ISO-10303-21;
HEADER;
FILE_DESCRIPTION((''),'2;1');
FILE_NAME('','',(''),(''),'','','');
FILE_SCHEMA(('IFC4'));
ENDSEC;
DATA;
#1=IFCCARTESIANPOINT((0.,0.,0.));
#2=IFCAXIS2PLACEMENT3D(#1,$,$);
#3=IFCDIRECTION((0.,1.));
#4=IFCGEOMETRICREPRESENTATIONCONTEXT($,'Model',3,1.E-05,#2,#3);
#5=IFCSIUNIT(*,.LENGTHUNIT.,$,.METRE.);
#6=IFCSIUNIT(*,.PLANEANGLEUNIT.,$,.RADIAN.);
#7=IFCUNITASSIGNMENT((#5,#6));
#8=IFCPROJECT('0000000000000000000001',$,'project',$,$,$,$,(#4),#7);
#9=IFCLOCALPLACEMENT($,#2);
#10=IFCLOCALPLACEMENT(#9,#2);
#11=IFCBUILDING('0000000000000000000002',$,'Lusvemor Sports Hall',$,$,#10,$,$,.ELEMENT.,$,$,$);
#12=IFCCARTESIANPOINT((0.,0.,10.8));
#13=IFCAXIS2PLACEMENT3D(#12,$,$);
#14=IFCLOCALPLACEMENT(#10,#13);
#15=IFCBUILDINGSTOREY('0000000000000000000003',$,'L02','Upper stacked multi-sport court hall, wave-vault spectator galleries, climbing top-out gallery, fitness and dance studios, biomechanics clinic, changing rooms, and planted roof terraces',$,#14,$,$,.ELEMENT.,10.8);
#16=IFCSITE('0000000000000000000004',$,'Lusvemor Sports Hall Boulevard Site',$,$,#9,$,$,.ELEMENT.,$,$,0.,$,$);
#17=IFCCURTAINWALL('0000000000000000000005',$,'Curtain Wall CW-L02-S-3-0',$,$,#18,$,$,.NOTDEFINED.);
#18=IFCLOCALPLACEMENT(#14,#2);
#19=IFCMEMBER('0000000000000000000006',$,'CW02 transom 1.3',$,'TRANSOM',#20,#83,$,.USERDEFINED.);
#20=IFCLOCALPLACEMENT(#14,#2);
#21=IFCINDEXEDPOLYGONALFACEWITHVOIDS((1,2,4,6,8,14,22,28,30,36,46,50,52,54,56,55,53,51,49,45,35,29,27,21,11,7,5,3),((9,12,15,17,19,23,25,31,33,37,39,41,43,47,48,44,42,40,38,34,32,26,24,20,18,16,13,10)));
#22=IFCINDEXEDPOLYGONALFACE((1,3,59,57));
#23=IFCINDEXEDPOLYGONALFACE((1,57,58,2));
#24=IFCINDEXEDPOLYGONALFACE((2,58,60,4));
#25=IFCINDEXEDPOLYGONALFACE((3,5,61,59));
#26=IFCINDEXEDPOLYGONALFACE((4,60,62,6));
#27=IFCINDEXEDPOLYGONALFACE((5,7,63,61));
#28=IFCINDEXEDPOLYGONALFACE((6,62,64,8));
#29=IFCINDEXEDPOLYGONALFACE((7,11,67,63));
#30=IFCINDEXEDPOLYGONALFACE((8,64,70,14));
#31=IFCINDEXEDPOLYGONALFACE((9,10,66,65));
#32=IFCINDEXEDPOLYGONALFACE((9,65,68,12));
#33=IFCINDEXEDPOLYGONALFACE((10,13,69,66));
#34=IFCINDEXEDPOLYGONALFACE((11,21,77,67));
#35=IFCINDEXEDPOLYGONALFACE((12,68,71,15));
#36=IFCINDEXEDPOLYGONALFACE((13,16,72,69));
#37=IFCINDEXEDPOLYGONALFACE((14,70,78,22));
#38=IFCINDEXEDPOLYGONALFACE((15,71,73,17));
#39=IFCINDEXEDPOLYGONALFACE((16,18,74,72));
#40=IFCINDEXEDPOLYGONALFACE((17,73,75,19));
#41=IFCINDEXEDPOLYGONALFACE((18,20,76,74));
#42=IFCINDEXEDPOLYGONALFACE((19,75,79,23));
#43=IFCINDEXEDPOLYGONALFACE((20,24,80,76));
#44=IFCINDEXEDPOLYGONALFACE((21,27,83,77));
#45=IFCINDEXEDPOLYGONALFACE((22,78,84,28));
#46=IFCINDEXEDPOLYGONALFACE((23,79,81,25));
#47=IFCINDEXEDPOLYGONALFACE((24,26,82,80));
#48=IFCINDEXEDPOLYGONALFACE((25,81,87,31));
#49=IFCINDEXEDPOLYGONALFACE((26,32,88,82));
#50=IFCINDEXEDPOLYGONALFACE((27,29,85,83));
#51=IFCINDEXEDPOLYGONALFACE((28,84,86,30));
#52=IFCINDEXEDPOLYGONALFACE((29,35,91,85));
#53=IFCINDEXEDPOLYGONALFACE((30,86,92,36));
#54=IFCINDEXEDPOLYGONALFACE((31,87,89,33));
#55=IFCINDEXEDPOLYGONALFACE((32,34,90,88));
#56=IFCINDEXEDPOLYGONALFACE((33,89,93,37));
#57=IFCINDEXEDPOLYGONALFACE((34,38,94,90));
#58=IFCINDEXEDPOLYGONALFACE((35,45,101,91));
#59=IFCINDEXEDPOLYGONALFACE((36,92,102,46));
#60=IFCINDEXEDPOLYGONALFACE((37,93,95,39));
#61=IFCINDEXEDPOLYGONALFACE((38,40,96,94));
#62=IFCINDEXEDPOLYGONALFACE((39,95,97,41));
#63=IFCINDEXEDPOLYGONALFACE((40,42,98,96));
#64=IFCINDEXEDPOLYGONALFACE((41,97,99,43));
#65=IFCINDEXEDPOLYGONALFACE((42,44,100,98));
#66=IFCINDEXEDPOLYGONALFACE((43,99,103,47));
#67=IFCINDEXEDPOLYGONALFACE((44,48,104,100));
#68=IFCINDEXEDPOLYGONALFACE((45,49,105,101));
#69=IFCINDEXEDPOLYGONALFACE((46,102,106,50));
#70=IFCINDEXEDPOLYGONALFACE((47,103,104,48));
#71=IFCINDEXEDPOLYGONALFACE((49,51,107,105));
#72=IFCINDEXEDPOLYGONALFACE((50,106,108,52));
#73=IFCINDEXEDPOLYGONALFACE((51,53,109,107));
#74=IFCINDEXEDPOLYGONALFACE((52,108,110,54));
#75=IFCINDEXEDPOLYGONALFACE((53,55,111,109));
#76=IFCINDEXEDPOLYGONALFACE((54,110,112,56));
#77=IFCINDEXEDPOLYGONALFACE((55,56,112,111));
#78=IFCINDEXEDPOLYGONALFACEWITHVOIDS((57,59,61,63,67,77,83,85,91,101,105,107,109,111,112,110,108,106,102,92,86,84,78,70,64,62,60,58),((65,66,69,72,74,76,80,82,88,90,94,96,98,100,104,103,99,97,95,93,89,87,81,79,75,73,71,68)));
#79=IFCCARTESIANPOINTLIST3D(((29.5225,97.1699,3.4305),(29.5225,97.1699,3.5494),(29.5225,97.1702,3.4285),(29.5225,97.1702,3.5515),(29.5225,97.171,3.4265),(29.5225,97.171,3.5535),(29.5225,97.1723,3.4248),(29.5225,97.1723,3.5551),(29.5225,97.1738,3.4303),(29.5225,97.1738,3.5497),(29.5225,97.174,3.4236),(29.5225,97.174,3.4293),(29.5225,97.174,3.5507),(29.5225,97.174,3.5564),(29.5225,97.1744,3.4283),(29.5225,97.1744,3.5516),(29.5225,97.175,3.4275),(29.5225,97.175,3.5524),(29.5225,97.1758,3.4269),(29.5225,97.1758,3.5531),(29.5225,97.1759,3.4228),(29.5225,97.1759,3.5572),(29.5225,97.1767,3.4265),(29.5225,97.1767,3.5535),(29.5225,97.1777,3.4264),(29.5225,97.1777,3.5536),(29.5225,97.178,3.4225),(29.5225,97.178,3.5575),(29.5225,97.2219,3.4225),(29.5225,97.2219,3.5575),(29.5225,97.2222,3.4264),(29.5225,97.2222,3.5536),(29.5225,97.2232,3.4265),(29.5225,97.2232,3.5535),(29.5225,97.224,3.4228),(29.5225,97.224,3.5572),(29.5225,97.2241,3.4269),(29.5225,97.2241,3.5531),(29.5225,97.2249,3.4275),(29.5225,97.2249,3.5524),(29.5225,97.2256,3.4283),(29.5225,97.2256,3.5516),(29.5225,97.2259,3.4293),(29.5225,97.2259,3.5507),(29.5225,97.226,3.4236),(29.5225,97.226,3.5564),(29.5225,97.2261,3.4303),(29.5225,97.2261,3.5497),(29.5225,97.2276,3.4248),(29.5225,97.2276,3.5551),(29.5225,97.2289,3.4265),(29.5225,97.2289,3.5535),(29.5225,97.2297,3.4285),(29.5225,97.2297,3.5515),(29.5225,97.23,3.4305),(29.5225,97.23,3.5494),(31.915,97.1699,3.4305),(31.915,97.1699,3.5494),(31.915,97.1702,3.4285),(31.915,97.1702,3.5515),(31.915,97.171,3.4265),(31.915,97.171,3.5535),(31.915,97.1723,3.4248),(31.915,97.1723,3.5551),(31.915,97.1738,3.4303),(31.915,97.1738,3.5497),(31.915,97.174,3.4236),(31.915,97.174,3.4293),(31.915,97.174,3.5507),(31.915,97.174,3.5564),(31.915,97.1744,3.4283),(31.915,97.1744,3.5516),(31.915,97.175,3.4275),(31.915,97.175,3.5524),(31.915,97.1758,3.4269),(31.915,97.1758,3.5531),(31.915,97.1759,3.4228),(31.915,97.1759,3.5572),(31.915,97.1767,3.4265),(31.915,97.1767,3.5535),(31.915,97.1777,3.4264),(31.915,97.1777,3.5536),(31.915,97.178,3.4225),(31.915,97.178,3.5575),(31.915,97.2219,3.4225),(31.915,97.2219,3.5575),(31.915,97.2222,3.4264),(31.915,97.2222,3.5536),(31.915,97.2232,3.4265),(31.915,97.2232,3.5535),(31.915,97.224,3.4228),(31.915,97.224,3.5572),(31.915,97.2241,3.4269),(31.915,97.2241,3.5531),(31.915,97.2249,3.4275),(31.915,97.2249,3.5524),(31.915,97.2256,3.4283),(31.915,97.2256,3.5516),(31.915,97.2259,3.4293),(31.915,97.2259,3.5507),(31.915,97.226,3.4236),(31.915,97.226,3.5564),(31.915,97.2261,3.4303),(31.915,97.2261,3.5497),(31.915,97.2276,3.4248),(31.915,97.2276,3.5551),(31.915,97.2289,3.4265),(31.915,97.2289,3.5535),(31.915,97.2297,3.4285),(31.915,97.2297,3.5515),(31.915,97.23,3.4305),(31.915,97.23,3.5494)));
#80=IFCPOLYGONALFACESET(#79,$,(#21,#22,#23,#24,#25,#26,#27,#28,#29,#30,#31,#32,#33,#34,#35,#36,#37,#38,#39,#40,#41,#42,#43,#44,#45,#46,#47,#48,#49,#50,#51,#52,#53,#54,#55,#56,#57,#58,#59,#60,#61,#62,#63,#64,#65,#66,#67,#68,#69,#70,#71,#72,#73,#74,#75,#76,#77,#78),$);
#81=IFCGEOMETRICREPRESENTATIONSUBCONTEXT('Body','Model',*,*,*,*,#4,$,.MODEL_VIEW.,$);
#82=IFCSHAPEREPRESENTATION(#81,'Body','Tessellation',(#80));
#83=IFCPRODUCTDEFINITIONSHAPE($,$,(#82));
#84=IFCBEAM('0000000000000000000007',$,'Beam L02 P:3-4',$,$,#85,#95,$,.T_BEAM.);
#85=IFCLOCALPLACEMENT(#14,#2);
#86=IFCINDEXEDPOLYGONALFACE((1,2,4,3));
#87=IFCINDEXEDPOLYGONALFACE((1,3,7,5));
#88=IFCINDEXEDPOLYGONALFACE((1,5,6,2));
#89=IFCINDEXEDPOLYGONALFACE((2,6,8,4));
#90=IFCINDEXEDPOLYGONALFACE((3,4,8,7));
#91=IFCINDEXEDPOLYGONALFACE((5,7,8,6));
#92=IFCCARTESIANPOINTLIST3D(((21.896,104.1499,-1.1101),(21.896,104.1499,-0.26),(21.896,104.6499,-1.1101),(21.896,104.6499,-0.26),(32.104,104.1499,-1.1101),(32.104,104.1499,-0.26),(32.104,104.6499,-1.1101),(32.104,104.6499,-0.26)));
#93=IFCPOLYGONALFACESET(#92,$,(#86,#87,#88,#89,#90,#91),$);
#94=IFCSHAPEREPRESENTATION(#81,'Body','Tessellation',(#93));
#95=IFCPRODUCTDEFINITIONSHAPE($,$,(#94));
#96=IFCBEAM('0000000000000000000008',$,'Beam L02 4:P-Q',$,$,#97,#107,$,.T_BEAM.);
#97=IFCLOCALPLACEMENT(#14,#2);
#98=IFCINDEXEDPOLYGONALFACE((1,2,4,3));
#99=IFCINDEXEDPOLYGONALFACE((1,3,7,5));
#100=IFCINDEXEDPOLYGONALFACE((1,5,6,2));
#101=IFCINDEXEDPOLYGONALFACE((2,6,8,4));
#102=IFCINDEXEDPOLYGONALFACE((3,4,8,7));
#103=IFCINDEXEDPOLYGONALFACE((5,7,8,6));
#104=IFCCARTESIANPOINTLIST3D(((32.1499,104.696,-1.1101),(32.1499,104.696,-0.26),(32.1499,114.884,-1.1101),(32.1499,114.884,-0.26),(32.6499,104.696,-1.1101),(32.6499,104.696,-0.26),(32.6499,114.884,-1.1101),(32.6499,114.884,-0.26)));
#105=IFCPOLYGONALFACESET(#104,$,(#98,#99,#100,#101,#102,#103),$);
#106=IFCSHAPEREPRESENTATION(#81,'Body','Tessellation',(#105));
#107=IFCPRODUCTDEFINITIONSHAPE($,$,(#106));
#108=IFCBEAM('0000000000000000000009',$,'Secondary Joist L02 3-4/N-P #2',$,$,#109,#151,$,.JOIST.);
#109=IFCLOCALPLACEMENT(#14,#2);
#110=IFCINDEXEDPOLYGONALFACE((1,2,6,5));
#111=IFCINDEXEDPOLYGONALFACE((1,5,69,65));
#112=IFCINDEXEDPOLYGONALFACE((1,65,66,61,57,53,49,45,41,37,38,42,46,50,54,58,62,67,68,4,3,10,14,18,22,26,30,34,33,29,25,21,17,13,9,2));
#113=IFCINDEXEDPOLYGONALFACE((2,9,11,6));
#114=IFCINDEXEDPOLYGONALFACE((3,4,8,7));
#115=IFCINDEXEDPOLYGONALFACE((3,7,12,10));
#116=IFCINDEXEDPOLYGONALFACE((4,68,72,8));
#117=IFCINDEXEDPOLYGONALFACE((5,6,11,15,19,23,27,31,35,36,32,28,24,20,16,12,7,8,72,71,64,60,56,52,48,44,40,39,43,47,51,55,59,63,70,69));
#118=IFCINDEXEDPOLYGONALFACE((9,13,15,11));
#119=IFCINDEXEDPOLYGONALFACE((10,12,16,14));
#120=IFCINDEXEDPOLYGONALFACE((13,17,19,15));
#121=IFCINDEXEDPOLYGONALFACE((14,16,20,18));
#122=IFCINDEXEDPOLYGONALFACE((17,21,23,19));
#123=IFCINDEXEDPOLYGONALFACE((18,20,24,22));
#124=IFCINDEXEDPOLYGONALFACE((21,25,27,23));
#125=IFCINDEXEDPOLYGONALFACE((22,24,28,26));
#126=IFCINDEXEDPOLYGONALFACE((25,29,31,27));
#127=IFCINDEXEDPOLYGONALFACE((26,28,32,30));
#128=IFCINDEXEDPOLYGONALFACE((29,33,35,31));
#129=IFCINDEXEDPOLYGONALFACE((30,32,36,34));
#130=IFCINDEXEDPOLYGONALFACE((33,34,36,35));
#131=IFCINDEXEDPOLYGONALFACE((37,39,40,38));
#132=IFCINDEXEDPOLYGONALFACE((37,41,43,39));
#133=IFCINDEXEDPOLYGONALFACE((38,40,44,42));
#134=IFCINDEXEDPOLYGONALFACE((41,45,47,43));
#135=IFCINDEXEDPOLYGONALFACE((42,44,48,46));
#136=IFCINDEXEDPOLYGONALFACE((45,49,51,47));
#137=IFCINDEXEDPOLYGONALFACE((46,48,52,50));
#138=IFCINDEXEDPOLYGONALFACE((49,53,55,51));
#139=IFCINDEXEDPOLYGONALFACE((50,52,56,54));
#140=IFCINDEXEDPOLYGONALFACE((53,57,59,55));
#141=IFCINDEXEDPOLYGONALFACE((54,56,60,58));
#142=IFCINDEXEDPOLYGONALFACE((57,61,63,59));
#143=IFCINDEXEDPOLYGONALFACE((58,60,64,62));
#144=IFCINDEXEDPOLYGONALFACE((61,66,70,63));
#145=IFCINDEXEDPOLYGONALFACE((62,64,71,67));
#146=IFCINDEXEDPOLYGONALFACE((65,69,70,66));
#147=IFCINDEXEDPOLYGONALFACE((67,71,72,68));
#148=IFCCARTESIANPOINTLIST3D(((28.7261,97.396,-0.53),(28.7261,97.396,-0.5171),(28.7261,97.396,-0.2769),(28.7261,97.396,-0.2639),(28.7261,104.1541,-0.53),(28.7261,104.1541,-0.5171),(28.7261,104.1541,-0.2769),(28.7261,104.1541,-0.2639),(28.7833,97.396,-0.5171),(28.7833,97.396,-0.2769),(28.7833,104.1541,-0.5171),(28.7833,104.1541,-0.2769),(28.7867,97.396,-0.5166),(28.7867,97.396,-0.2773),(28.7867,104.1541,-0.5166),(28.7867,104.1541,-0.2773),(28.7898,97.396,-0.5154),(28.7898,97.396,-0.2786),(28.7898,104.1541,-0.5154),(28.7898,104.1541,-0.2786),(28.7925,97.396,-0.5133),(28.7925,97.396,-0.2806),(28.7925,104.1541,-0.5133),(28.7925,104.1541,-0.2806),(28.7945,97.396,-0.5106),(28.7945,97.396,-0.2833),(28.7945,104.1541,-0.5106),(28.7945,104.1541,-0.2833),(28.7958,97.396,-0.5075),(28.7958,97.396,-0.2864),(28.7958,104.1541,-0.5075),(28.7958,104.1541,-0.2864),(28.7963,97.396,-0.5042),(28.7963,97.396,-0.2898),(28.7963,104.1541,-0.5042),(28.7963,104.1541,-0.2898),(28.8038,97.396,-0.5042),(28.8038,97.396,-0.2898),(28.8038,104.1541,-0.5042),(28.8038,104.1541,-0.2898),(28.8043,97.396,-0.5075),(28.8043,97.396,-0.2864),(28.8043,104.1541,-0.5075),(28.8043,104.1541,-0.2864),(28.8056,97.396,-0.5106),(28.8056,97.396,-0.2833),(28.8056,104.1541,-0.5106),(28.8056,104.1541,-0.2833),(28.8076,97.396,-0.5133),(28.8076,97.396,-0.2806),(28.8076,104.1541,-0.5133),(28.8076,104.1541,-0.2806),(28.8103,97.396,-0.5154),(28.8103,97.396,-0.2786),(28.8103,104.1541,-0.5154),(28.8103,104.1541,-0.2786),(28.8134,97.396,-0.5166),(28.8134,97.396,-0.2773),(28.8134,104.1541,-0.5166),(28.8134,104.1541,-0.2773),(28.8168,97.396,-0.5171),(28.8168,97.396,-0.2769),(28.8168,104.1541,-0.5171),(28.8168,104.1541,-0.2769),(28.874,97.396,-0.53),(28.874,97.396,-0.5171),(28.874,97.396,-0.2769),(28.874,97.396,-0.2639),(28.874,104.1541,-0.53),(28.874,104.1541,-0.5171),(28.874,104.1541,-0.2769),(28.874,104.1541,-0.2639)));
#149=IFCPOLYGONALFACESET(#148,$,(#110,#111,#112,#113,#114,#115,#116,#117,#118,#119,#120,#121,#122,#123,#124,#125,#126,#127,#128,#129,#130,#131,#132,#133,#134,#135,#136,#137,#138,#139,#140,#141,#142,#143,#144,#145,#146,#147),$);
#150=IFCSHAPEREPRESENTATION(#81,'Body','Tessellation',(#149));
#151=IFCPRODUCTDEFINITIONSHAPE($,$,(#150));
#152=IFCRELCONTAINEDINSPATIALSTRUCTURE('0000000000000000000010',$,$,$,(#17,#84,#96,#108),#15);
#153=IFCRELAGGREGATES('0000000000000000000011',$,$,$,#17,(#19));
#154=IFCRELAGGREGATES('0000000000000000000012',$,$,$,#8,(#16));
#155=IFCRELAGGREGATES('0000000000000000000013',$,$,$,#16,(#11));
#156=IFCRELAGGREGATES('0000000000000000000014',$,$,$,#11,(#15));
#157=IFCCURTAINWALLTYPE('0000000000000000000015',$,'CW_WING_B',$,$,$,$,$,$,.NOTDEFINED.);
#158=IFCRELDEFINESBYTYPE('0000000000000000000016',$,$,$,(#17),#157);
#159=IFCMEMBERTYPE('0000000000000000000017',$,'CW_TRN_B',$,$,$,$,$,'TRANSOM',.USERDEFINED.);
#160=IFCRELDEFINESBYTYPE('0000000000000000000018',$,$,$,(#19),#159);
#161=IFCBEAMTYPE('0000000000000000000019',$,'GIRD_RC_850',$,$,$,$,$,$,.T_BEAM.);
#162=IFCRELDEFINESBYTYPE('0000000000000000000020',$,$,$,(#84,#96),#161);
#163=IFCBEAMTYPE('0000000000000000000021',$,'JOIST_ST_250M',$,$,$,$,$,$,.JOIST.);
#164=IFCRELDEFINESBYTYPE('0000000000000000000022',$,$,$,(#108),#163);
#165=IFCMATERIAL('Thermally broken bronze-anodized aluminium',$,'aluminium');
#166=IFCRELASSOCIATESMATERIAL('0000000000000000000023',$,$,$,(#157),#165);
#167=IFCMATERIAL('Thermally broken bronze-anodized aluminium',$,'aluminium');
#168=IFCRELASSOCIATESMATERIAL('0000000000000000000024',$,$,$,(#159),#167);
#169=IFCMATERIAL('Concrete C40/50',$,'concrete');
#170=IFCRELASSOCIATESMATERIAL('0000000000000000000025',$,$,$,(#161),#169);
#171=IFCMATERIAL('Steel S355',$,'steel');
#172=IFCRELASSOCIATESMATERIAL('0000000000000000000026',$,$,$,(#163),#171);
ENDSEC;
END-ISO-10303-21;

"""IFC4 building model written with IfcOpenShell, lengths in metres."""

from ifc_helpers import new_model, si_unit, direction, frame, origin, origin_2d, place, context, subcontext, project, spatial, rectangle, hollow_rectangle, i_section, extrude, material, material_profile, profile_set, type_object, element, aggregate, save


model = new_model("IFC4")

# Units and contexts
model_context = context("Model", 3, precision=1e-05, world=origin(), true_north=direction((0.0, 1.0)))
body_context = subcontext(model_context, "Body", "Model", "MODEL_VIEW")
ifc_project = project(units=[si_unit("LENGTHUNIT", "METRE"), si_unit("PLANEANGLEUNIT", "RADIAN")], contexts=[model_context])

# Site, building, storey
site_placement = place(None, origin())
site = spatial("IfcSite", under=ifc_project, at=site_placement, Name="Lusvemor Sports Hall Boulevard Site", CompositionType="ELEMENT", RefElevation=0.0)
building_placement = place(site_placement, origin())
building = spatial("IfcBuilding", under=site, at=building_placement, Name="Lusvemor Sports Hall", CompositionType="ELEMENT")
storey_placement = place(building_placement, frame((0.0, 0.0, 10.8)))
storey = spatial("IfcBuildingStorey", under=building, at=storey_placement, Name="L02", Description="Upper stacked multi-sport court hall, wave-vault spectator galleries, climbing top-out gallery, fitness and dance studios, biomechanics clinic, changing rooms, and planted roof terraces", CompositionType="ELEMENT", Elevation=10.8)

# Shared definitions
ifc_material_1 = material(Name="Thermally broken bronze-anodized aluminium", Category="aluminium")
curtain_wall_type = type_object("IfcCurtainWallType", Name="CW_WING_B", PredefinedType="NOTDEFINED", material=ifc_material_1)

# Curtain wall
curtain_wall_1_placement = place(storey_placement, origin())
curtain_wall_1 = element("IfcCurtainWall", 1, at=curtain_wall_1_placement, inside=storey, type_object=curtain_wall_type, Name="Curtain Wall CW-L02-S-3-0", PredefinedType="NOTDEFINED")

# Member
ifc_material_2 = material(Name="Thermally broken bronze-anodized aluminium", Category="aluminium")
ifc_material_profile_1 = material_profile(ifc_material_2, hollow_rectangle(XDim=0.0601, YDim=0.135, WallThickness=0.0039, InnerFilletRadius=0.0039, OuterFilletRadius=0.0081, at=origin_2d()), Name="CWTRN135x60x4")
ifc_profile_set_1 = profile_set([ifc_material_profile_1], Name="Thermally broken bronze-anodized aluminium")
member_type_1 = type_object("IfcMemberType", Name="CW_TRN_B", ElementType="TRANSOM", PredefinedType="USERDEFINED", material=ifc_profile_set_1)
member_1_placement = place(storey_placement, frame((31.915, 97.2, 3.49), z_axis=(-1.0, 0.0, 0.0), x_axis=(0.0, -1.0, 0.0)))
member_1 = element("IfcMember", 2, at=member_1_placement, type_object=member_type_1, Name="CW02 transom 1.3", ObjectType="TRANSOM", PredefinedType="USERDEFINED", context=body_context, shape_type="SweptSolid", body=[
    extrude(hollow_rectangle(XDim=0.0601, YDim=0.135, WallThickness=0.0039, InnerFilletRadius=0.0039, OuterFilletRadius=0.0081, at=origin_2d()), origin(), (0.0, 0.0, 1.0), 2.3926),
])
aggregate(curtain_wall_1, [member_1])

# Beams
ifc_material_3 = material(Name="Concrete C40/50", Category="concrete")
ifc_material_profile_2 = material_profile(ifc_material_3, rectangle(XDim=0.5, YDim=0.8501, at=origin_2d()), Name="RC500x850")
ifc_profile_set_2 = profile_set([ifc_material_profile_2], Name="Concrete C40/50")
beam_type_1 = type_object("IfcBeamType", Name="GIRD_RC_850", PredefinedType="T_BEAM", material=ifc_profile_set_2)
beam_1_placement = place(storey_placement, frame((21.896, 104.3999, -0.6851), z_axis=(1.0, 0.0, 0.0), x_axis=(0.0, 1.0, 0.0)))
element("IfcBeam", 3, at=beam_1_placement, inside=storey, type_object=beam_type_1, Name="Beam L02 P:3-4", PredefinedType="T_BEAM", context=body_context, shape_type="SweptSolid", body=[
    extrude(rectangle(XDim=0.5, YDim=0.8501, at=origin_2d()), origin(), (0.0, 0.0, 1.0), 10.208),
])
beam_2_placement = place(storey_placement, frame((32.3999, 104.696, -0.6851), z_axis=(0.0, 1.0, 0.0), x_axis=(-1.0, 0.0, 0.0)))
element("IfcBeam", 4, at=beam_2_placement, inside=storey, type_object=beam_type_1, Name="Beam L02 4:P-Q", PredefinedType="T_BEAM", context=body_context, shape_type="SweptSolid", body=[
    extrude(rectangle(XDim=0.5, YDim=0.8501, at=origin_2d()), origin(), (0.0, 0.0, 1.0), 10.188),
])
ifc_material_4 = material(Name="Steel S355", Category="steel")
ifc_material_profile_3 = material_profile(ifc_material_4, i_section(OverallWidth=0.1479, OverallDepth=0.2661, WebThickness=0.0076, FlangeThickness=0.0129, FilletRadius=0.0129, at=origin_2d()), Name="W250x44.8")
ifc_profile_set_3 = profile_set([ifc_material_profile_3], Name="Steel S355")
beam_type_2 = type_object("IfcBeamType", Name="JOIST_ST_250M", PredefinedType="JOIST", material=ifc_profile_set_3)
beam_3_placement = place(storey_placement, frame((28.8, 97.396, -0.397), z_axis=(0.0, 1.0, 0.0), x_axis=(-1.0, 0.0, 0.0)))
element("IfcBeam", 5, at=beam_3_placement, inside=storey, type_object=beam_type_2, Name="Secondary Joist L02 3-4/N-P #2", PredefinedType="JOIST", context=body_context, shape_type="SweptSolid", body=[
    extrude(i_section(OverallWidth=0.1479, OverallDepth=0.2661, WebThickness=0.0076, FlangeThickness=0.0129, FilletRadius=0.0129, at=origin_2d()), origin(), (0.0, 0.0, 1.0), 6.7581),
])

save(model, "model.ifc")
